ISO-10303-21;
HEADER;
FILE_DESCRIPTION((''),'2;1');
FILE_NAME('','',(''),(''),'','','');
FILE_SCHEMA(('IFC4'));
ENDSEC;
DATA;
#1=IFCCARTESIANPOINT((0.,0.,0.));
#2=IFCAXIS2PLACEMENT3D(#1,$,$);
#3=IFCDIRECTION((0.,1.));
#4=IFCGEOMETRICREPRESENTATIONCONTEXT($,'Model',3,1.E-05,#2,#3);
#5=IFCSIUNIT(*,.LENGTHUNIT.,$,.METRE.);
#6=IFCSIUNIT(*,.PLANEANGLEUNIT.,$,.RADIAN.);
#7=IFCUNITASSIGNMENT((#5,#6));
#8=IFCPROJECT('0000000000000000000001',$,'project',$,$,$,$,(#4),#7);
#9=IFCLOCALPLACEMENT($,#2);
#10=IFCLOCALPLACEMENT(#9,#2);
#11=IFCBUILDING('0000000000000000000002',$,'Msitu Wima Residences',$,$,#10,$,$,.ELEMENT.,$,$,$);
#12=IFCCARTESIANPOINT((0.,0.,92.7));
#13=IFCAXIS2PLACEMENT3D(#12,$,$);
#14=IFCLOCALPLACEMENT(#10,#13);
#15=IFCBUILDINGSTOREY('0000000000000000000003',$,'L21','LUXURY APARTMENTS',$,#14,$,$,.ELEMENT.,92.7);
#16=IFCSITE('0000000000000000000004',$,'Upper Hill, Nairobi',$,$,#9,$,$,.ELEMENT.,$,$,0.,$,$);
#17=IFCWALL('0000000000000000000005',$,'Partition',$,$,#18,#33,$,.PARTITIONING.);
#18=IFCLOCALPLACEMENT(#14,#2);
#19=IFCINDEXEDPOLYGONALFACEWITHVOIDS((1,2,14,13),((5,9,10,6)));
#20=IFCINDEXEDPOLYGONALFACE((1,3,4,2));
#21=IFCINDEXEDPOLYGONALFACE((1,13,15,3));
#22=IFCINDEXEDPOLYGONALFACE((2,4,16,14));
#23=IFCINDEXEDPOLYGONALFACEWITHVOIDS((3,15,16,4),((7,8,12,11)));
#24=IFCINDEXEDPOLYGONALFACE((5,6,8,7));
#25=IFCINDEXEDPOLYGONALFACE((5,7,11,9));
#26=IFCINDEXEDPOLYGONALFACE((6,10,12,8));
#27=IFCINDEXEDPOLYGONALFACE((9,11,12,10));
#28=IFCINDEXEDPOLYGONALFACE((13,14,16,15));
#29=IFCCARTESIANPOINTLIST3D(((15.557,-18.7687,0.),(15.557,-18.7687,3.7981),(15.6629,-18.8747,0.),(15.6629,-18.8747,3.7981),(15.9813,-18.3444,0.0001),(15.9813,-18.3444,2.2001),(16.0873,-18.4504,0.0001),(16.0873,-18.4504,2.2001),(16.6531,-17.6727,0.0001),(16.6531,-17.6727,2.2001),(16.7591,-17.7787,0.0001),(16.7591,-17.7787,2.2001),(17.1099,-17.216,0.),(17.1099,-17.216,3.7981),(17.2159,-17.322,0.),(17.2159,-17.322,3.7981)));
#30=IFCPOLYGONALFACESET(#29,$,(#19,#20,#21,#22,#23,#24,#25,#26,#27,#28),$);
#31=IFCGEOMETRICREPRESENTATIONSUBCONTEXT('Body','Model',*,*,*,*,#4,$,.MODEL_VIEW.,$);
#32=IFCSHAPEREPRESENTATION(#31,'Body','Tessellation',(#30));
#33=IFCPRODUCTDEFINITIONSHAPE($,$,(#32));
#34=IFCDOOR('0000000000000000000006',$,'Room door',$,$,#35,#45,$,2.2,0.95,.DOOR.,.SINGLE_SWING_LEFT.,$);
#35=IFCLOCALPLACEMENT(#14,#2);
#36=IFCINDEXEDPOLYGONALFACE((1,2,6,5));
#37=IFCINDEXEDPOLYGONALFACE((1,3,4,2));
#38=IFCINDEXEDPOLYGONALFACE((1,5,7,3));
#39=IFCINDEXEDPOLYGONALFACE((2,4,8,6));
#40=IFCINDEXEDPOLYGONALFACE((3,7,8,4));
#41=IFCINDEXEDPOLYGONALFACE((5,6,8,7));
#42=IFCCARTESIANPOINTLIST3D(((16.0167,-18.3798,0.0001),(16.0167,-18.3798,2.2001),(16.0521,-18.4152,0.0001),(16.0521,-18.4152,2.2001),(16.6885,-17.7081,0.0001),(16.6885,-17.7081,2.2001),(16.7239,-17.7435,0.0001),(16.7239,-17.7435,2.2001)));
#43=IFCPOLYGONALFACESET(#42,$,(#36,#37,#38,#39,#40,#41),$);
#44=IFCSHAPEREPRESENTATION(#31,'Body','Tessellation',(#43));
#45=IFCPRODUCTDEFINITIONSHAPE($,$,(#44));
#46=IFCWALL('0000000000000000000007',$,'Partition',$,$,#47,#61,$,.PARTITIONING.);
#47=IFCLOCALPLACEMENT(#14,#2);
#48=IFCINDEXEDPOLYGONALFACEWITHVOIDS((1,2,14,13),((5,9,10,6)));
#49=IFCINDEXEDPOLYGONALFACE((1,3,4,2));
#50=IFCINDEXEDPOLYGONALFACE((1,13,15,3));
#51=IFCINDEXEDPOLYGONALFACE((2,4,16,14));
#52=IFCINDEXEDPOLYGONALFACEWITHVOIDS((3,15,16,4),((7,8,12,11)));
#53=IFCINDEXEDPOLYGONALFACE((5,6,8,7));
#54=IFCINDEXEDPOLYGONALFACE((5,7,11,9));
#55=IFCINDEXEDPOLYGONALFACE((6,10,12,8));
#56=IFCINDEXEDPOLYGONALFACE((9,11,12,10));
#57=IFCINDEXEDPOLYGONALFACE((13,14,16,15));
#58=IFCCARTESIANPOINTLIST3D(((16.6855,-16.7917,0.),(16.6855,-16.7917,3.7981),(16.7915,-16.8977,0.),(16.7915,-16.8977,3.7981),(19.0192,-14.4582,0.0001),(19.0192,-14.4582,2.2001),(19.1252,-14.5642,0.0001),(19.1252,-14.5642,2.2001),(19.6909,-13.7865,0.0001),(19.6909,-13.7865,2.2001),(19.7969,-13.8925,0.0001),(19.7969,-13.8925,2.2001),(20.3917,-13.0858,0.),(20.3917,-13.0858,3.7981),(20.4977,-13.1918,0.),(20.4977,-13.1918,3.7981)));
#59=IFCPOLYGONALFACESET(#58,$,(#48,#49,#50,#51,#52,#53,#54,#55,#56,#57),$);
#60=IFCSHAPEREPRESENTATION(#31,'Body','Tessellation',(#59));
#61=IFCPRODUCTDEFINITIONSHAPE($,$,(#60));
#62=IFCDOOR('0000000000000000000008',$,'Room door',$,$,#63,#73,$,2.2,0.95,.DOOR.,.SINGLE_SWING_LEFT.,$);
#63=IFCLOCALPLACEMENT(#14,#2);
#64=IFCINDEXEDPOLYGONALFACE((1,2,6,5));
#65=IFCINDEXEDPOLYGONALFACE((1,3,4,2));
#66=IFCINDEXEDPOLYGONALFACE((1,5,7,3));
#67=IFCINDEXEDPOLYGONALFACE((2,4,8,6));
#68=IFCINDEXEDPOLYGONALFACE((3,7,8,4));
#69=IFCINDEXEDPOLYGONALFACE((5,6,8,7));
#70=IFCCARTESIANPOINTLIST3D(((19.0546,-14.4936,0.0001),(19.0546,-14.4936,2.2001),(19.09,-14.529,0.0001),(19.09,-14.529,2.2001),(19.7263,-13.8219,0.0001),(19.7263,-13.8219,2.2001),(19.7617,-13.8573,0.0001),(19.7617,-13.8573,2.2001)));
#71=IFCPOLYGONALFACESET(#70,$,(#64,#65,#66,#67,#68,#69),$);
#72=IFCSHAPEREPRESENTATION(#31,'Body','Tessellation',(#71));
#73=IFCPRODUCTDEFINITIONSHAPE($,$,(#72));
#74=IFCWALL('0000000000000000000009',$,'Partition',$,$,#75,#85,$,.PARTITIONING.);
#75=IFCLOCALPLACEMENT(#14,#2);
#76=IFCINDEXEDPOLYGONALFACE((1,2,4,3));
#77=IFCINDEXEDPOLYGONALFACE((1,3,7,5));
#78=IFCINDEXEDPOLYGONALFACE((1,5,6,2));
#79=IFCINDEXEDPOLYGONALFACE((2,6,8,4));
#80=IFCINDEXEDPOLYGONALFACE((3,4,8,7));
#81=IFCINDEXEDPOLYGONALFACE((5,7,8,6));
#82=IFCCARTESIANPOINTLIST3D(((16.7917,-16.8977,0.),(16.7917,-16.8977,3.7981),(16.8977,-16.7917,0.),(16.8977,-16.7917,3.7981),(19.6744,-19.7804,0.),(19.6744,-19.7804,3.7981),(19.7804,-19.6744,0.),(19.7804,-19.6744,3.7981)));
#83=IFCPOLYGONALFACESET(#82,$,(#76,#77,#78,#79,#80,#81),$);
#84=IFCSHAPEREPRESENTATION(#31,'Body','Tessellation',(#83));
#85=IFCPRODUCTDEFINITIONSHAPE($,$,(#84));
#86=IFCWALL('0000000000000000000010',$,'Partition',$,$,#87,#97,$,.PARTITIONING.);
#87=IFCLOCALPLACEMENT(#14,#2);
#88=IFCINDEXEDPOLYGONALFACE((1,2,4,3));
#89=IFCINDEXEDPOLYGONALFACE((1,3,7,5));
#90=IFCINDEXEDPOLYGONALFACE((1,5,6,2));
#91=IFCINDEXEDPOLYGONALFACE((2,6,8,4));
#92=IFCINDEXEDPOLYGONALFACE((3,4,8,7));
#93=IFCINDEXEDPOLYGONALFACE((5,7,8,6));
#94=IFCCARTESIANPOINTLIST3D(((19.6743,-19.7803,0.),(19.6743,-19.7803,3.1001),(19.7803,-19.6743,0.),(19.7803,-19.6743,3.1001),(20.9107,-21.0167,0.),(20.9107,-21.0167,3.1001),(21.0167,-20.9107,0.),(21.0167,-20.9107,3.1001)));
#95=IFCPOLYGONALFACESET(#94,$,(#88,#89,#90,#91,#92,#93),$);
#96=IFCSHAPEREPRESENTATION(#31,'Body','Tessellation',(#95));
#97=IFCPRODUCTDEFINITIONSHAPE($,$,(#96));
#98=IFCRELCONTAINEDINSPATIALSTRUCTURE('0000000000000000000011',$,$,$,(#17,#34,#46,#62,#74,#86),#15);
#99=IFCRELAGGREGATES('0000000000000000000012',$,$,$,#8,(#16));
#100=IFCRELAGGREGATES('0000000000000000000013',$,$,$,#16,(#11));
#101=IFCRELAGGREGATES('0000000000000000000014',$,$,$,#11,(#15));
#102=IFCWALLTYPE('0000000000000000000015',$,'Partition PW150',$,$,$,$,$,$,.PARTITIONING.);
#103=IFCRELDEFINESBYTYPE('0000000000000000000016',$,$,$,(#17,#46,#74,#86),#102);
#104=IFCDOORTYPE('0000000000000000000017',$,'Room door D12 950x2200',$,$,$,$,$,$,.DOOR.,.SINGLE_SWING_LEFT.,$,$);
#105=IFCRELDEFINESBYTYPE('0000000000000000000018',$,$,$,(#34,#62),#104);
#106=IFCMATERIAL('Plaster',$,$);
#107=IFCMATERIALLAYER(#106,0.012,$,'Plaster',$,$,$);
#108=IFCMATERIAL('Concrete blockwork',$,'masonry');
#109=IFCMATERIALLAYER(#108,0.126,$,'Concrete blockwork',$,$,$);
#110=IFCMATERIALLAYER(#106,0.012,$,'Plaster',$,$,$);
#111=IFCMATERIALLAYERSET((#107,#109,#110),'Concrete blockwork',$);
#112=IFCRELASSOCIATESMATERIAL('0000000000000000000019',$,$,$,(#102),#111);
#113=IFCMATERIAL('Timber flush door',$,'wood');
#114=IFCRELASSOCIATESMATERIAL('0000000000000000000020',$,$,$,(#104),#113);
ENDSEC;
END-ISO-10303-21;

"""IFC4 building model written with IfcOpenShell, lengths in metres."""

from ifc_helpers import new_model, si_unit, direction, frame, frame_2d, origin, place, context, subcontext, project, spatial, rectangle, extrude, material, layer, layer_set, type_object, element, fill, save


model = new_model("IFC4")

# Units and contexts
model_context = context("Model", 3, precision=1e-05, world=origin(), true_north=direction((0.0, 1.0)))
body_context = subcontext(model_context, "Body", "Model", "MODEL_VIEW")
ifc_project = project(units=[si_unit("LENGTHUNIT", "METRE"), si_unit("PLANEANGLEUNIT", "RADIAN")], contexts=[model_context])

# Site, building, storey
site_placement = place(None, origin())
site = spatial("IfcSite", under=ifc_project, at=site_placement, Name="Upper Hill, Nairobi", CompositionType="ELEMENT", RefElevation=0.0)
building_placement = place(site_placement, origin())
building = spatial("IfcBuilding", under=site, at=building_placement, Name="Msitu Wima Residences", CompositionType="ELEMENT")
storey_placement = place(building_placement, frame((0.0, 0.0, 92.7)))
storey = spatial("IfcBuildingStorey", under=building, at=storey_placement, Name="L21", Description="LUXURY APARTMENTS", CompositionType="ELEMENT", Elevation=92.7)

# Walls, openings, doors
ifc_material_1 = material(Name="Plaster")
ifc_material_2 = material(Name="Concrete blockwork", Category="masonry")
ifc_layer_1 = layer(ifc_material_1, 0.012, Name="Plaster")
ifc_layer_2 = layer(ifc_material_2, 0.126, Name="Concrete blockwork")
ifc_layer_3 = layer(ifc_material_1, 0.012, Name="Plaster")
ifc_layer_set_1 = layer_set([ifc_layer_1, ifc_layer_2, ifc_layer_3], Name="Concrete blockwork")
wall_type_1 = type_object("IfcWallType", Name="Partition PW150", PredefinedType="PARTITIONING", material=ifc_layer_set_1)
wall_1_placement = place(storey_placement, frame((15.6099, -18.8218, 0.0), z_axis=(0.0, 0.0, 1.0), x_axis=(0.707162, 0.707051, 0.0)))
wall_1 = element("IfcWall", 1, at=wall_1_placement, inside=storey, type_object=wall_type_1, Name="Partition", PredefinedType="PARTITIONING", context=body_context, shape_type="SweptSolid", body=[
    extrude(rectangle(XDim=2.196, YDim=0.1499, at=frame_2d((1.0981, 0.0))), origin(), (0.0, 0.0, 1.0), 3.7981),
])
opening_1_placement = place(wall_1_placement, frame((0.6001, 0.0, 0.0)))
opening_1 = element("IfcOpeningElement", 2, at=opening_1_placement, cuts=wall_1, PredefinedType="OPENING", context=body_context, shape_type="SweptSolid", body=[
    extrude(rectangle(XDim=0.95, YDim=2.2, at=frame_2d((0.4751, 1.1001))), frame((0.0, 0.085, 0.0), z_axis=(0.0, -1.0, 0.0), x_axis=(1.0, 0.0, 0.0)), (0.0, 0.0, 1.0), 0.1699),
])
ifc_material_3 = material(Name="Timber flush door", Category="wood")
door_type_1 = type_object("IfcDoorType", Name="Room door D12 950x2200", OperationType="SINGLE_SWING_LEFT", PredefinedType="DOOR", material=ifc_material_3)
door_1_placement = place(opening_1_placement, origin())
door_1 = element("IfcDoor", 3, at=door_1_placement, inside=storey, type_object=door_type_1, Name="Room door", OperationType="SINGLE_SWING_LEFT", OverallHeight=2.2, OverallWidth=0.95, PredefinedType="DOOR", context=body_context, shape_type="SweptSolid", body=[
    extrude(rectangle(XDim=0.95, YDim=2.2, at=frame_2d((0.4751, 1.1001))), frame((0.0, 0.0249, 0.0), z_axis=(0.0, -1.0, 0.0), x_axis=(1.0, 0.0, 0.0)), (0.0, 0.0, 1.0), 0.05),
])
fill(opening_1, door_1)
wall_2_placement = place(storey_placement, frame((16.7385, -16.8447, 0.0), z_axis=(0.0, 0.0, 1.0), x_axis=(0.70713, 0.707083, 0.0)))
wall_2 = element("IfcWall", 4, at=wall_2_placement, inside=storey, type_object=wall_type_1, Name="Partition", PredefinedType="PARTITIONING", context=body_context, shape_type="SweptSolid", body=[
    extrude(rectangle(XDim=5.2412, YDim=0.1499, at=frame_2d((2.6206, 0.0))), origin(), (0.0, 0.0, 1.0), 3.7981),
])
opening_2_placement = place(wall_2_placement, frame((3.3, 0.0, 0.0)))
opening_2 = element("IfcOpeningElement", 5, at=opening_2_placement, cuts=wall_2, PredefinedType="OPENING", context=body_context, shape_type="SweptSolid", body=[
    extrude(rectangle(XDim=0.95, YDim=2.2, at=frame_2d((0.4751, 1.1001))), frame((0.0, 0.085, 0.0), z_axis=(0.0, -1.0, 0.0), x_axis=(1.0, 0.0, 0.0)), (0.0, 0.0, 1.0), 0.1699),
])
door_2_placement = place(opening_2_placement, origin())
door_2 = element("IfcDoor", 6, at=door_2_placement, inside=storey, type_object=door_type_1, Name="Room door", OperationType="SINGLE_SWING_LEFT", OverallHeight=2.2, OverallWidth=0.95, PredefinedType="DOOR", context=body_context, shape_type="SweptSolid", body=[
    extrude(rectangle(XDim=0.95, YDim=2.2, at=frame_2d((0.4751, 1.1001))), frame((0.0, 0.0249, 0.0), z_axis=(0.0, -1.0, 0.0), x_axis=(1.0, 0.0, 0.0)), (0.0, 0.0, 1.0), 0.05),
])
fill(opening_2, door_2)

# Walls
wall_3_placement = place(storey_placement, frame((16.8447, -16.8447, 0.0), z_axis=(0.0, 0.0, 1.0), x_axis=(0.707107, -0.707107, 0.0)))
element("IfcWall", 7, at=wall_3_placement, inside=storey, type_object=wall_type_1, Name="Partition", PredefinedType="PARTITIONING", context=body_context, shape_type="SweptSolid", body=[
    extrude(rectangle(XDim=4.0767, YDim=0.1499, at=frame_2d((2.0383, 0.0))), origin(), (0.0, 0.0, 1.0), 3.7981),
])
wall_4_placement = place(storey_placement, frame((19.7273, -19.7273, 0.0), z_axis=(0.0, 0.0, 1.0), x_axis=(0.707107, -0.707107, 0.0)))
element("IfcWall", 8, at=wall_4_placement, inside=storey, type_object=wall_type_1, Name="Partition", PredefinedType="PARTITIONING", context=body_context, shape_type="SweptSolid", body=[
    extrude(rectangle(XDim=1.7485, YDim=0.1499, at=frame_2d((0.8743, 0.0))), origin(), (0.0, 0.0, 1.0), 3.1001),
])

save(model, "model.ifc")
